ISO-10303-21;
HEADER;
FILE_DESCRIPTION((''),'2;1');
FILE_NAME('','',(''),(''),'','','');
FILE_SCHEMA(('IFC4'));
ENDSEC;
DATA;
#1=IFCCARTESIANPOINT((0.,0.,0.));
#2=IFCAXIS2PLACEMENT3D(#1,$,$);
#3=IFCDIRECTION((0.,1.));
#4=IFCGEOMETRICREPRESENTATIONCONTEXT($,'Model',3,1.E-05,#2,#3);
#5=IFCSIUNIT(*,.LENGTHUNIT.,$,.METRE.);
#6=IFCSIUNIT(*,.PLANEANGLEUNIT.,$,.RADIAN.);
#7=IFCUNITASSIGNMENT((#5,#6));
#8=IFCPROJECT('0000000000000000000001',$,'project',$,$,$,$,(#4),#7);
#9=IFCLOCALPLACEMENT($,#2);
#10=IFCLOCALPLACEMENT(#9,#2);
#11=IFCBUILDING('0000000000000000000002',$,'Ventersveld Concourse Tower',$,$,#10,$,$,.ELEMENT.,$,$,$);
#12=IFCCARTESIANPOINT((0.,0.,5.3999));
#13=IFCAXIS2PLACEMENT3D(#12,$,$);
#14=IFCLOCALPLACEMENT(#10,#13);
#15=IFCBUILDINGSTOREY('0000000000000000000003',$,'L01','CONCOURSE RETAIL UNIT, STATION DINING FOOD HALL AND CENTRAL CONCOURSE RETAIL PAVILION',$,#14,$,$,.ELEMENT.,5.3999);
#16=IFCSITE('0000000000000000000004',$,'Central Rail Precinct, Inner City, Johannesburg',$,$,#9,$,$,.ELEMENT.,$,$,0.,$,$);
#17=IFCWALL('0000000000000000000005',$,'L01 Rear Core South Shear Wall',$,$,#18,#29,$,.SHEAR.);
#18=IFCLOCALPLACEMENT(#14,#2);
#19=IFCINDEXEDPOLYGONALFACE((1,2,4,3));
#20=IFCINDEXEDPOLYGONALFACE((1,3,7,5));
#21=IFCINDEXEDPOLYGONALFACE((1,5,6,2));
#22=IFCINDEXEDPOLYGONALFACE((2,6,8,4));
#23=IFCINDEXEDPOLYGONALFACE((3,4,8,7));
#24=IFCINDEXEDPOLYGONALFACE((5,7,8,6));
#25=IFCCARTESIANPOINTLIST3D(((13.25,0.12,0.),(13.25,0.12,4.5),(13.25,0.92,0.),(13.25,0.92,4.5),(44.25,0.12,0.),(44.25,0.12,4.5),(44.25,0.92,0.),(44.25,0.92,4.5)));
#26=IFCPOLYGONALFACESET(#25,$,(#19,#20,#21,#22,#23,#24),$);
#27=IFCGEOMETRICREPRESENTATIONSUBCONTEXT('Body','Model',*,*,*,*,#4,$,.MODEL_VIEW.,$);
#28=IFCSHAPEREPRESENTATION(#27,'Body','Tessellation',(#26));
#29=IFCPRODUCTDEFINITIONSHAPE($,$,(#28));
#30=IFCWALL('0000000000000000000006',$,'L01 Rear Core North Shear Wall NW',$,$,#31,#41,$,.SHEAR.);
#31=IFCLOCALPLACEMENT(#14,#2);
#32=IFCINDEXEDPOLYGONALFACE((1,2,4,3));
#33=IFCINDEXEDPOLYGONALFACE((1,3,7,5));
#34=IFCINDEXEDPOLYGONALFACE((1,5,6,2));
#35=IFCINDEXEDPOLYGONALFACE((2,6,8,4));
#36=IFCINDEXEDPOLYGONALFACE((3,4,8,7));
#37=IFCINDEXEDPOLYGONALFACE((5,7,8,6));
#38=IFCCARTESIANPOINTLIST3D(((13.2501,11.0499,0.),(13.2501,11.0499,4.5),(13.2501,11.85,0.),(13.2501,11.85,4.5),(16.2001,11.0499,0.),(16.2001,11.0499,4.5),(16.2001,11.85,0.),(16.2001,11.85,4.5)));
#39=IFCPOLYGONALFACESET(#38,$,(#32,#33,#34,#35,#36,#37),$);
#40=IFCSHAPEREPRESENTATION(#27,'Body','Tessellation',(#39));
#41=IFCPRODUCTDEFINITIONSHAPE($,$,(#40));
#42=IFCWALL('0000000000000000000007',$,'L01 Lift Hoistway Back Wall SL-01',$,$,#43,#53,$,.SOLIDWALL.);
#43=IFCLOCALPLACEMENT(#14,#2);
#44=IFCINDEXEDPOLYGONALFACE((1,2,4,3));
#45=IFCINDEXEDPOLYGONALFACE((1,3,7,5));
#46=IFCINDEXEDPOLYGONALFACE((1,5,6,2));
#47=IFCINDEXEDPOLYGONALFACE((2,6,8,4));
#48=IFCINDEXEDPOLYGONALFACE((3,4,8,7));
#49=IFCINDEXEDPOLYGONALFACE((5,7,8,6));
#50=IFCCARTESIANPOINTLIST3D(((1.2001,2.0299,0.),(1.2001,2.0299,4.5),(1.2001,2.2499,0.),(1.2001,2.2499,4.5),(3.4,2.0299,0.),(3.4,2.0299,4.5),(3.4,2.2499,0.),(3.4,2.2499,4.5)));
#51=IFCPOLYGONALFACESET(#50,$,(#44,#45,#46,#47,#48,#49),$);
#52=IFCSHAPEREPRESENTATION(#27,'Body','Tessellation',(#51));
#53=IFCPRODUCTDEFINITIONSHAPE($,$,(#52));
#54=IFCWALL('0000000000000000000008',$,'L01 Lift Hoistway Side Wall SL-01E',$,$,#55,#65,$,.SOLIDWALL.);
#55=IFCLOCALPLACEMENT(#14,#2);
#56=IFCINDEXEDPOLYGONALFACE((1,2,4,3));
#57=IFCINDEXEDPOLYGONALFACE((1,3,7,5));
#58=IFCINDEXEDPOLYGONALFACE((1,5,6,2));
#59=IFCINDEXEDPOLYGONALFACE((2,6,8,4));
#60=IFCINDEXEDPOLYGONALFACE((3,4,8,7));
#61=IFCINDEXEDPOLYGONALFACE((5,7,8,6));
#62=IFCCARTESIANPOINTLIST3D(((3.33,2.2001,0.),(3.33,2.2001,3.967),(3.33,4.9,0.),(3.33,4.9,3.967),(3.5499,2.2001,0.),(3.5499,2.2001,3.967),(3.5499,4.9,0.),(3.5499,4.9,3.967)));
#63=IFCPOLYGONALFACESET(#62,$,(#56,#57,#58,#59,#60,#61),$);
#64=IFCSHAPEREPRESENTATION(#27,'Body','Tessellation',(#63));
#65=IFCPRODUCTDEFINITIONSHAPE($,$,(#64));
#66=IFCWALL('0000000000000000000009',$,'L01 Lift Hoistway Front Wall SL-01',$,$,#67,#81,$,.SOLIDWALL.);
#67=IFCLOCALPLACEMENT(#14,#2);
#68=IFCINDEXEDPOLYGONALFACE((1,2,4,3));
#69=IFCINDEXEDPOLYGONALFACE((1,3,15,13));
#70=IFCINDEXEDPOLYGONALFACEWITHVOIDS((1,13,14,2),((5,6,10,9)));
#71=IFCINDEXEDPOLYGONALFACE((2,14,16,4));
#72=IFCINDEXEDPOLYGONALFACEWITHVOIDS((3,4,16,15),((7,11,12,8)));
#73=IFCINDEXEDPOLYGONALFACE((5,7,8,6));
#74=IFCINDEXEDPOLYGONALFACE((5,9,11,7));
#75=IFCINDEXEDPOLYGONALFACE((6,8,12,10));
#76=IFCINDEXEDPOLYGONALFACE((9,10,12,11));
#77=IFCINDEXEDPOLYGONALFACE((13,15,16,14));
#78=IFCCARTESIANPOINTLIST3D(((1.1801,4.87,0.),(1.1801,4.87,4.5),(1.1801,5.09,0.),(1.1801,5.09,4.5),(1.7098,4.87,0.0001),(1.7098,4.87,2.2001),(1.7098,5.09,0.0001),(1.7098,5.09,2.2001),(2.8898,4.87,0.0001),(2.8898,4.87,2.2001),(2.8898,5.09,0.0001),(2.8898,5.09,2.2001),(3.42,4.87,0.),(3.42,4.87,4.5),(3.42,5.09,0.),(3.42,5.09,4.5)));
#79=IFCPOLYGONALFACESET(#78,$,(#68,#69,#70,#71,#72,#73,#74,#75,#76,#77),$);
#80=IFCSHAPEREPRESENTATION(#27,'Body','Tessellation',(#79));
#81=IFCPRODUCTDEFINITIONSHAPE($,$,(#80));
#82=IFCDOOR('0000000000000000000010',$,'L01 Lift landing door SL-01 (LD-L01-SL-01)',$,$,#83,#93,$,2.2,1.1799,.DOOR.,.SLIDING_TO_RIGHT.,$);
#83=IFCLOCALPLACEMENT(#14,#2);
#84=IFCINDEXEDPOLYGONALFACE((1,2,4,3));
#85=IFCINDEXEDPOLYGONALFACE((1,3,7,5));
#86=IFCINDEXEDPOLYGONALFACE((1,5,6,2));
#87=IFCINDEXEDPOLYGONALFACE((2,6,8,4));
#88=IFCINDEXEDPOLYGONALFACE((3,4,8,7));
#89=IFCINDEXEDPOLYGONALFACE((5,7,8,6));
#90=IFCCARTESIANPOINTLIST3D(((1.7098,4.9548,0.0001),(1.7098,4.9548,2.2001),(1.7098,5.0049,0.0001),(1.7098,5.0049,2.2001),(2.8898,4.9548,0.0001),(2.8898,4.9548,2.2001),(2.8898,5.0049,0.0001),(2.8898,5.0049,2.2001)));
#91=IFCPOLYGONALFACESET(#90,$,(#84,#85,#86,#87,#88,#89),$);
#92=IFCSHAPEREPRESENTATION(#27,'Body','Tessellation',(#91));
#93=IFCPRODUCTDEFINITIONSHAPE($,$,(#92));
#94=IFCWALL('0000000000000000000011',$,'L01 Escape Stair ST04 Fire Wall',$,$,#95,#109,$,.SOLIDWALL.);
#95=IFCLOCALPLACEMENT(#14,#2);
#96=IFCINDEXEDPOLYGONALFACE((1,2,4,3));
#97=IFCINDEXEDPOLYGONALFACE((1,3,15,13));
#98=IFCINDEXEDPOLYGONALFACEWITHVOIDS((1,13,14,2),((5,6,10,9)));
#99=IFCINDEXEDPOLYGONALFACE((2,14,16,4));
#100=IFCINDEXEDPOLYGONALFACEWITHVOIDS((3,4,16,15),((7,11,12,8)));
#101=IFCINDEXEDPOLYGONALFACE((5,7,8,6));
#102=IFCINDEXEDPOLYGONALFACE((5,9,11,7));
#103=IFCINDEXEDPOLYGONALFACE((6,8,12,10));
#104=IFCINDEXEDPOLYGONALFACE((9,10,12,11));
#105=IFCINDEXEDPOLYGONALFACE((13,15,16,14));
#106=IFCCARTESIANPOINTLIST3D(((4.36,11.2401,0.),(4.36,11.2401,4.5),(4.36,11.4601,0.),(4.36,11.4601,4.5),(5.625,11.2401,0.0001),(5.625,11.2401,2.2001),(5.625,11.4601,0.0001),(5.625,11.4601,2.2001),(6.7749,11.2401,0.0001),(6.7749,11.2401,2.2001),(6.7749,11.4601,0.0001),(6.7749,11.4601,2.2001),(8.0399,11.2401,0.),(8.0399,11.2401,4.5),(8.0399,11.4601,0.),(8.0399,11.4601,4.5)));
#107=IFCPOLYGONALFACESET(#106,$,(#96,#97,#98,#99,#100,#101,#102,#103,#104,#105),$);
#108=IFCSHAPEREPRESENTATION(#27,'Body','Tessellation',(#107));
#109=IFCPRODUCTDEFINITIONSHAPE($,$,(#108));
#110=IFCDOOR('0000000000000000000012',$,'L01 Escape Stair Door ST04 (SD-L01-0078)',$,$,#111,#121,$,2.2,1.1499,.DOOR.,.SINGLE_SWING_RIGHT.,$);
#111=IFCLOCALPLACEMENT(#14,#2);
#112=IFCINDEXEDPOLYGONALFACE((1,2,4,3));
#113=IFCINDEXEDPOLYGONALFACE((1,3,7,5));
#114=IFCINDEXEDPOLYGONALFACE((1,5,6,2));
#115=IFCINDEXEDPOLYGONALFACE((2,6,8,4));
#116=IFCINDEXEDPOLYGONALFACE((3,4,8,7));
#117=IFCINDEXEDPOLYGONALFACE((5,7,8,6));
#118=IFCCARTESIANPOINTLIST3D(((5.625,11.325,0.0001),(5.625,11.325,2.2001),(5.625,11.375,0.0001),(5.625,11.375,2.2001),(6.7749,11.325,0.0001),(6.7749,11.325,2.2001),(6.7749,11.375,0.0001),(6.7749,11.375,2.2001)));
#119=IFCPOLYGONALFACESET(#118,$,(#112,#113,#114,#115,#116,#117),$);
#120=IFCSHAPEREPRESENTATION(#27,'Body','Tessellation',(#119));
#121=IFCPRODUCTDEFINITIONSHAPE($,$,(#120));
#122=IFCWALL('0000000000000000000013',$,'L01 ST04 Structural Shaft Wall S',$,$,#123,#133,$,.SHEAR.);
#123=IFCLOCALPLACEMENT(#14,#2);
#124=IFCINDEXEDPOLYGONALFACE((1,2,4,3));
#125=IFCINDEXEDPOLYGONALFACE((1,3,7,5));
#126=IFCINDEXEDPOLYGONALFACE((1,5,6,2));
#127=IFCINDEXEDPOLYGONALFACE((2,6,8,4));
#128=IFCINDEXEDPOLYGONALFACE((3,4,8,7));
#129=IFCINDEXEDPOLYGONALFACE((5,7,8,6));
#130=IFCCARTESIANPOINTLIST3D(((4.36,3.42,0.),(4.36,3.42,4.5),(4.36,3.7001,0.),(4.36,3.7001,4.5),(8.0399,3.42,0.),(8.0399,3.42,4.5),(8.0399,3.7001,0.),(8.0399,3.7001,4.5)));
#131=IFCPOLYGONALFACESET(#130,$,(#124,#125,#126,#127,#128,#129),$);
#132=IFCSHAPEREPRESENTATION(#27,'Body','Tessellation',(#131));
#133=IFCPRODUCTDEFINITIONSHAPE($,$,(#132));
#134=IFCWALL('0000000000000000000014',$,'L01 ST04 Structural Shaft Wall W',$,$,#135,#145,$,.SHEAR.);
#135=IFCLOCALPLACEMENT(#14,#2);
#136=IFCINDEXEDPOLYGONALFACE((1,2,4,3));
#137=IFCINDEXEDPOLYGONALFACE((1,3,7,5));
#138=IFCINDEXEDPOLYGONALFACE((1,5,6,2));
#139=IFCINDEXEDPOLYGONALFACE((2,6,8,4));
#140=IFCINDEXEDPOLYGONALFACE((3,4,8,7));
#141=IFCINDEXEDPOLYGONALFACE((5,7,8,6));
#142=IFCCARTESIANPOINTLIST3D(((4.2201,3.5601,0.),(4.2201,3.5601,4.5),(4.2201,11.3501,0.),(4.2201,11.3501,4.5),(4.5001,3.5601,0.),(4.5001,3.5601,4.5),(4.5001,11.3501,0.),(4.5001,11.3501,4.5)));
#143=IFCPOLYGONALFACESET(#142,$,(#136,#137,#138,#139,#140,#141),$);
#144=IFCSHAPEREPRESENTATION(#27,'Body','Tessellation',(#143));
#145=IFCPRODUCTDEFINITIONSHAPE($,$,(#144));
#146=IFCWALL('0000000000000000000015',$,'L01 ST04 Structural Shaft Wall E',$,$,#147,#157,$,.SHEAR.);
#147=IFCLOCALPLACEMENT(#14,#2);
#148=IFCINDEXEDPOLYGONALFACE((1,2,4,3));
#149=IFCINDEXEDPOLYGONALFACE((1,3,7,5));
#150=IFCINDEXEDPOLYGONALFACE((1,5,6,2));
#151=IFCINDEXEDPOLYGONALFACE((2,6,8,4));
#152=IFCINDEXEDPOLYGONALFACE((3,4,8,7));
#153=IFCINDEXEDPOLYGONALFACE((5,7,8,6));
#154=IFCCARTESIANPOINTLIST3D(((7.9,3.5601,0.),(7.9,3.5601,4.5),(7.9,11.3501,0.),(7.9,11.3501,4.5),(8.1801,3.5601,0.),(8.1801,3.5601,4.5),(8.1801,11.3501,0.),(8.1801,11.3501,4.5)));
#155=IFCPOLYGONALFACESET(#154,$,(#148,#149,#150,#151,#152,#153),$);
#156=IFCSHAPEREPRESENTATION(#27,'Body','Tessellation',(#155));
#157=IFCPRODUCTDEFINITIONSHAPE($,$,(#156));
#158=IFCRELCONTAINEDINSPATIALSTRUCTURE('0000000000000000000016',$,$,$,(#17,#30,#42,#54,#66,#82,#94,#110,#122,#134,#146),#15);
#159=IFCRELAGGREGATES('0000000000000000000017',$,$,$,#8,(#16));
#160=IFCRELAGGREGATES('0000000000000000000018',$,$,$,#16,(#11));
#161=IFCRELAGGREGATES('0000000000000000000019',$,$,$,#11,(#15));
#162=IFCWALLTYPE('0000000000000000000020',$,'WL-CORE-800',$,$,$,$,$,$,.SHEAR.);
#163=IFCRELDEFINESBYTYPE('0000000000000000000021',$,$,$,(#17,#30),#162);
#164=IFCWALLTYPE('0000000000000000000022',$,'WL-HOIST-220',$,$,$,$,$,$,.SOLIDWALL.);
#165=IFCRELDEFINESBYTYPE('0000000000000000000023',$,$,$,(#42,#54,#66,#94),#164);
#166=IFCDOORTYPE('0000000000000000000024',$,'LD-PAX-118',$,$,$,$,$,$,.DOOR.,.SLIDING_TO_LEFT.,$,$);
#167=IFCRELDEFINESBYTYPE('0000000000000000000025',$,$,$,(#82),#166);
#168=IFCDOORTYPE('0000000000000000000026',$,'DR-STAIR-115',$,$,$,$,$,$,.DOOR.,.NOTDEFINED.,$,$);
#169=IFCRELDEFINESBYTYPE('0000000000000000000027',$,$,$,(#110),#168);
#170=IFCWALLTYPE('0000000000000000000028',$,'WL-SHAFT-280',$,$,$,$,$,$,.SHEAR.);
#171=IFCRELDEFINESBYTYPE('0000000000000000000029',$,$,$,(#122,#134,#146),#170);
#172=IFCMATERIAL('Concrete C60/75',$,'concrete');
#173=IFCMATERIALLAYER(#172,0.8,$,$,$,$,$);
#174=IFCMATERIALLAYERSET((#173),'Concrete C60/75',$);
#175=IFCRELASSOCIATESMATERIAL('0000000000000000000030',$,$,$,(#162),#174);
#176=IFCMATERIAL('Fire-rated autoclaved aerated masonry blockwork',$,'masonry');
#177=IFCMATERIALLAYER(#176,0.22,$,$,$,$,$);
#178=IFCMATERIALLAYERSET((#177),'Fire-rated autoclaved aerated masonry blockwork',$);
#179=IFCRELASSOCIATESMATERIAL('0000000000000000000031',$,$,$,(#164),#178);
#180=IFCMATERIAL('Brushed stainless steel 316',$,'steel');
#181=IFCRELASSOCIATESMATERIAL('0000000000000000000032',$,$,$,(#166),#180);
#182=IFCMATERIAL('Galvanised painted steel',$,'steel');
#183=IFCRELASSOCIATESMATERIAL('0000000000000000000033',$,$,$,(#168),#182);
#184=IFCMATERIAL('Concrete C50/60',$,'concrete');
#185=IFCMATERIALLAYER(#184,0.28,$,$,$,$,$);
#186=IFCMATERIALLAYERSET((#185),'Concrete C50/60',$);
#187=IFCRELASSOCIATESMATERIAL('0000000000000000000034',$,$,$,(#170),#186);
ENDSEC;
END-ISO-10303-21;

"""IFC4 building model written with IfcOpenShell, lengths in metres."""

from ifc_helpers import new_model, si_unit, direction, frame, frame_2d, origin, place, context, subcontext, project, spatial, rectangle, extrude, material, layer, layer_set, type_object, element, fill, save


model = new_model("IFC4")

# Units and contexts
model_context = context("Model", 3, precision=1e-05, world=origin(), true_north=direction((0.0, 1.0)))
body_context = subcontext(model_context, "Body", "Model", "MODEL_VIEW")
ifc_project = project(units=[si_unit("LENGTHUNIT", "METRE"), si_unit("PLANEANGLEUNIT", "RADIAN")], contexts=[model_context])

# Site, building, storey
site_placement = place(None, origin())
site = spatial("IfcSite", under=ifc_project, at=site_placement, Name="Central Rail Precinct, Inner City, Johannesburg", CompositionType="ELEMENT", RefElevation=0.0)
building_placement = place(site_placement, origin())
building = spatial("IfcBuilding", under=site, at=building_placement, Name="Ventersveld Concourse Tower", CompositionType="ELEMENT")
storey_placement = place(building_placement, frame((0.0, 0.0, 5.3999)))
storey = spatial("IfcBuildingStorey", under=building, at=storey_placement, Name="L01", Description="CONCOURSE RETAIL UNIT, STATION DINING FOOD HALL AND CENTRAL CONCOURSE RETAIL PAVILION", CompositionType="ELEMENT", Elevation=5.3999)

# Shared definitions
ifc_material_1 = material(Name="Concrete C60/75", Category="concrete")

# Walls
ifc_layer_1 = layer(ifc_material_1, 0.8)
ifc_layer_set_1 = layer_set([ifc_layer_1], Name="Concrete C60/75")
wall_type_1 = type_object("IfcWallType", Name="WL-CORE-800", PredefinedType="SHEAR", material=ifc_layer_set_1)
wall_1_placement = place(storey_placement, frame((13.25, 0.52, 0.0), z_axis=(0.0, 0.0, 1.0), x_axis=(1.0, 0.0, 0.0)))
element("IfcWall", 1, at=wall_1_placement, inside=storey, type_object=wall_type_1, Name="L01 Rear Core South Shear Wall", PredefinedType="SHEAR", context=body_context, shape_type="SweptSolid", body=[
    extrude(rectangle(XDim=31.0, YDim=0.8, at=frame_2d((15.5, 0.0))), origin(), (0.0, 0.0, 1.0), 4.5),
])
wall_2_placement = place(storey_placement, frame((13.25, 11.45, 0.0), z_axis=(0.0, 0.0, 1.0), x_axis=(1.0, 0.0, 0.0)))
element("IfcWall", 2, at=wall_2_placement, inside=storey, type_object=wall_type_1, Name="L01 Rear Core North Shear Wall NW", PredefinedType="SHEAR", context=body_context, shape_type="SweptSolid", body=[
    extrude(rectangle(XDim=2.95, YDim=0.8, at=frame_2d((1.4751, 0.0))), origin(), (0.0, 0.0, 1.0), 4.5),
])
ifc_material_2 = material(Name="Fire-rated autoclaved aerated masonry blockwork", Category="masonry")
ifc_layer_2 = layer(ifc_material_2, 0.22)
ifc_layer_set_2 = layer_set([ifc_layer_2], Name="Fire-rated autoclaved aerated masonry blockwork")
wall_type_2 = type_object("IfcWallType", Name="WL-HOIST-220", PredefinedType="SOLIDWALL", material=ifc_layer_set_2)
wall_3_placement = place(storey_placement, frame((1.2, 2.1399, 0.0), z_axis=(0.0, 0.0, 1.0), x_axis=(1.0, 0.0, 0.0)))
element("IfcWall", 3, at=wall_3_placement, inside=storey, type_object=wall_type_2, Name="L01 Lift Hoistway Back Wall SL-01", PredefinedType="SOLIDWALL", context=body_context, shape_type="SweptSolid", body=[
    extrude(rectangle(XDim=2.2, YDim=0.22, at=frame_2d((1.1001, 0.0))), origin(), (0.0, 0.0, 1.0), 4.5),
])
wall_4_placement = place(storey_placement, frame((3.4399, 2.2, 0.0), z_axis=(0.0, 0.0, 1.0), x_axis=(0.0, 1.0, 0.0)))
element("IfcWall", 4, at=wall_4_placement, inside=storey, type_object=wall_type_2, Name="L01 Lift Hoistway Side Wall SL-01E", PredefinedType="SOLIDWALL", context=body_context, shape_type="SweptSolid", body=[
    extrude(rectangle(XDim=2.7, YDim=0.22, at=frame_2d((1.3501, 0.0))), origin(), (0.0, 0.0, 1.0), 3.967),
])

# Walls, openings, doors
wall_5_placement = place(storey_placement, frame((1.1799, 4.98, 0.0), z_axis=(0.0, 0.0, 1.0), x_axis=(1.0, 0.0, 0.0)))
wall_5 = element("IfcWall", 5, at=wall_5_placement, inside=storey, type_object=wall_type_2, Name="L01 Lift Hoistway Front Wall SL-01", PredefinedType="SOLIDWALL", context=body_context, shape_type="SweptSolid", body=[
    extrude(rectangle(XDim=2.24, YDim=0.22, at=frame_2d((1.1201, 0.0))), origin(), (0.0, 0.0, 1.0), 4.5),
])
opening_1_placement = place(wall_5_placement, frame((0.53, 0.0, 0.0)))
opening_1 = element("IfcOpeningElement", 6, at=opening_1_placement, cuts=wall_5, PredefinedType="OPENING", context=body_context, shape_type="SweptSolid", body=[
    extrude(rectangle(XDim=1.1799, YDim=2.2, at=frame_2d((0.5898, 1.1001))), frame((0.0, 0.1201, 0.0), z_axis=(0.0, -1.0, 0.0), x_axis=(1.0, 0.0, 0.0)), (0.0, 0.0, 1.0), 0.24),
])
ifc_material_3 = material(Name="Brushed stainless steel 316", Category="steel")
door_type_1 = type_object("IfcDoorType", Name="LD-PAX-118", OperationType="SLIDING_TO_LEFT", PredefinedType="DOOR", material=ifc_material_3)
door_1_placement = place(opening_1_placement, origin())
door_1 = element("IfcDoor", 7, at=door_1_placement, inside=storey, type_object=door_type_1, Name="L01 Lift landing door SL-01 (LD-L01-SL-01)", OperationType="SLIDING_TO_RIGHT", OverallHeight=2.2, OverallWidth=1.1799, PredefinedType="DOOR", context=body_context, shape_type="SweptSolid", body=[
    extrude(rectangle(XDim=1.1799, YDim=2.2, at=frame_2d((0.5898, 1.1001))), frame((0.0, 0.0249, 0.0), z_axis=(0.0, -1.0, 0.0), x_axis=(1.0, 0.0, 0.0)), (0.0, 0.0, 1.0), 0.05),
])
fill(opening_1, door_1)
wall_6_placement = place(storey_placement, frame((4.3601, 11.3501, 0.0), z_axis=(0.0, 0.0, 1.0), x_axis=(1.0, 0.0, 0.0)))
wall_6 = element("IfcWall", 8, at=wall_6_placement, inside=storey, type_object=wall_type_2, Name="L01 Escape Stair ST04 Fire Wall", PredefinedType="SOLIDWALL", context=body_context, shape_type="SweptSolid", body=[
    extrude(rectangle(XDim=3.6799, YDim=0.22, at=frame_2d((1.8398, 0.0))), origin(), (0.0, 0.0, 1.0), 4.5),
])
opening_2_placement = place(wall_6_placement, frame((1.2649, 0.0, 0.0)))
opening_2 = element("IfcOpeningElement", 9, at=opening_2_placement, cuts=wall_6, PredefinedType="OPENING", context=body_context, shape_type="SweptSolid", body=[
    extrude(rectangle(XDim=1.1499, YDim=2.2, at=frame_2d((0.575, 1.1001))), frame((0.0, 0.1201, 0.0), z_axis=(0.0, -1.0, 0.0), x_axis=(1.0, 0.0, 0.0)), (0.0, 0.0, 1.0), 0.24),
])
ifc_material_4 = material(Name="Galvanised painted steel", Category="steel")
door_type_2 = type_object("IfcDoorType", Name="DR-STAIR-115", OperationType="NOTDEFINED", PredefinedType="DOOR", material=ifc_material_4)
door_2_placement = place(opening_2_placement, origin())
door_2 = element("IfcDoor", 10, at=door_2_placement, inside=storey, type_object=door_type_2, Name="L01 Escape Stair Door ST04 (SD-L01-0078)", OperationType="SINGLE_SWING_RIGHT", OverallHeight=2.2, OverallWidth=1.1499, PredefinedType="DOOR", context=body_context, shape_type="SweptSolid", body=[
    extrude(rectangle(XDim=1.1499, YDim=2.2, at=frame_2d((0.575, 1.1001))), frame((0.0, 0.0249, 0.0), z_axis=(0.0, -1.0, 0.0), x_axis=(1.0, 0.0, 0.0)), (0.0, 0.0, 1.0), 0.05),
])
fill(opening_2, door_2)

# Walls
ifc_material_5 = material(Name="Concrete C50/60", Category="concrete")
ifc_layer_3 = layer(ifc_material_5, 0.28)
ifc_layer_set_3 = layer_set([ifc_layer_3], Name="Concrete C50/60")
wall_type_3 = type_object("IfcWallType", Name="WL-SHAFT-280", PredefinedType="SHEAR", material=ifc_layer_set_3)
wall_7_placement = place(storey_placement, frame((4.3601, 3.5601, 0.0), z_axis=(0.0, 0.0, 1.0), x_axis=(1.0, 0.0, 0.0)))
element("IfcWall", 11, at=wall_7_placement, inside=storey, type_object=wall_type_3, Name="L01 ST04 Structural Shaft Wall S", PredefinedType="SHEAR", context=body_context, shape_type="SweptSolid", body=[
    extrude(rectangle(XDim=3.6799, YDim=0.28, at=frame_2d((1.8398, 0.0))), origin(), (0.0, 0.0, 1.0), 4.5),
])
for number, where, z_axis, x_axis, name in (
    (12, (4.3601, 3.5601, 0.0), (0.0, 0.0, 1.0), (0.0, 1.0, 0.0), "L01 ST04 Structural Shaft Wall W"),
    (13, (8.04, 3.5601, 0.0), (0.0, 0.0, 1.0), (0.0, 1.0, 0.0), "L01 ST04 Structural Shaft Wall E"),
):
    element("IfcWall", number, at=place(storey_placement, frame(where, z_axis=z_axis, x_axis=x_axis)), inside=storey, type_object=wall_type_3, Name=name, PredefinedType="SHEAR", context=body_context, shape_type="SweptSolid", body=[
        extrude(rectangle(XDim=7.79, YDim=0.28, at=frame_2d((3.895, 0.0))), origin(), (0.0, 0.0, 1.0), 4.5),
    ])

save(model, "model.ifc")
